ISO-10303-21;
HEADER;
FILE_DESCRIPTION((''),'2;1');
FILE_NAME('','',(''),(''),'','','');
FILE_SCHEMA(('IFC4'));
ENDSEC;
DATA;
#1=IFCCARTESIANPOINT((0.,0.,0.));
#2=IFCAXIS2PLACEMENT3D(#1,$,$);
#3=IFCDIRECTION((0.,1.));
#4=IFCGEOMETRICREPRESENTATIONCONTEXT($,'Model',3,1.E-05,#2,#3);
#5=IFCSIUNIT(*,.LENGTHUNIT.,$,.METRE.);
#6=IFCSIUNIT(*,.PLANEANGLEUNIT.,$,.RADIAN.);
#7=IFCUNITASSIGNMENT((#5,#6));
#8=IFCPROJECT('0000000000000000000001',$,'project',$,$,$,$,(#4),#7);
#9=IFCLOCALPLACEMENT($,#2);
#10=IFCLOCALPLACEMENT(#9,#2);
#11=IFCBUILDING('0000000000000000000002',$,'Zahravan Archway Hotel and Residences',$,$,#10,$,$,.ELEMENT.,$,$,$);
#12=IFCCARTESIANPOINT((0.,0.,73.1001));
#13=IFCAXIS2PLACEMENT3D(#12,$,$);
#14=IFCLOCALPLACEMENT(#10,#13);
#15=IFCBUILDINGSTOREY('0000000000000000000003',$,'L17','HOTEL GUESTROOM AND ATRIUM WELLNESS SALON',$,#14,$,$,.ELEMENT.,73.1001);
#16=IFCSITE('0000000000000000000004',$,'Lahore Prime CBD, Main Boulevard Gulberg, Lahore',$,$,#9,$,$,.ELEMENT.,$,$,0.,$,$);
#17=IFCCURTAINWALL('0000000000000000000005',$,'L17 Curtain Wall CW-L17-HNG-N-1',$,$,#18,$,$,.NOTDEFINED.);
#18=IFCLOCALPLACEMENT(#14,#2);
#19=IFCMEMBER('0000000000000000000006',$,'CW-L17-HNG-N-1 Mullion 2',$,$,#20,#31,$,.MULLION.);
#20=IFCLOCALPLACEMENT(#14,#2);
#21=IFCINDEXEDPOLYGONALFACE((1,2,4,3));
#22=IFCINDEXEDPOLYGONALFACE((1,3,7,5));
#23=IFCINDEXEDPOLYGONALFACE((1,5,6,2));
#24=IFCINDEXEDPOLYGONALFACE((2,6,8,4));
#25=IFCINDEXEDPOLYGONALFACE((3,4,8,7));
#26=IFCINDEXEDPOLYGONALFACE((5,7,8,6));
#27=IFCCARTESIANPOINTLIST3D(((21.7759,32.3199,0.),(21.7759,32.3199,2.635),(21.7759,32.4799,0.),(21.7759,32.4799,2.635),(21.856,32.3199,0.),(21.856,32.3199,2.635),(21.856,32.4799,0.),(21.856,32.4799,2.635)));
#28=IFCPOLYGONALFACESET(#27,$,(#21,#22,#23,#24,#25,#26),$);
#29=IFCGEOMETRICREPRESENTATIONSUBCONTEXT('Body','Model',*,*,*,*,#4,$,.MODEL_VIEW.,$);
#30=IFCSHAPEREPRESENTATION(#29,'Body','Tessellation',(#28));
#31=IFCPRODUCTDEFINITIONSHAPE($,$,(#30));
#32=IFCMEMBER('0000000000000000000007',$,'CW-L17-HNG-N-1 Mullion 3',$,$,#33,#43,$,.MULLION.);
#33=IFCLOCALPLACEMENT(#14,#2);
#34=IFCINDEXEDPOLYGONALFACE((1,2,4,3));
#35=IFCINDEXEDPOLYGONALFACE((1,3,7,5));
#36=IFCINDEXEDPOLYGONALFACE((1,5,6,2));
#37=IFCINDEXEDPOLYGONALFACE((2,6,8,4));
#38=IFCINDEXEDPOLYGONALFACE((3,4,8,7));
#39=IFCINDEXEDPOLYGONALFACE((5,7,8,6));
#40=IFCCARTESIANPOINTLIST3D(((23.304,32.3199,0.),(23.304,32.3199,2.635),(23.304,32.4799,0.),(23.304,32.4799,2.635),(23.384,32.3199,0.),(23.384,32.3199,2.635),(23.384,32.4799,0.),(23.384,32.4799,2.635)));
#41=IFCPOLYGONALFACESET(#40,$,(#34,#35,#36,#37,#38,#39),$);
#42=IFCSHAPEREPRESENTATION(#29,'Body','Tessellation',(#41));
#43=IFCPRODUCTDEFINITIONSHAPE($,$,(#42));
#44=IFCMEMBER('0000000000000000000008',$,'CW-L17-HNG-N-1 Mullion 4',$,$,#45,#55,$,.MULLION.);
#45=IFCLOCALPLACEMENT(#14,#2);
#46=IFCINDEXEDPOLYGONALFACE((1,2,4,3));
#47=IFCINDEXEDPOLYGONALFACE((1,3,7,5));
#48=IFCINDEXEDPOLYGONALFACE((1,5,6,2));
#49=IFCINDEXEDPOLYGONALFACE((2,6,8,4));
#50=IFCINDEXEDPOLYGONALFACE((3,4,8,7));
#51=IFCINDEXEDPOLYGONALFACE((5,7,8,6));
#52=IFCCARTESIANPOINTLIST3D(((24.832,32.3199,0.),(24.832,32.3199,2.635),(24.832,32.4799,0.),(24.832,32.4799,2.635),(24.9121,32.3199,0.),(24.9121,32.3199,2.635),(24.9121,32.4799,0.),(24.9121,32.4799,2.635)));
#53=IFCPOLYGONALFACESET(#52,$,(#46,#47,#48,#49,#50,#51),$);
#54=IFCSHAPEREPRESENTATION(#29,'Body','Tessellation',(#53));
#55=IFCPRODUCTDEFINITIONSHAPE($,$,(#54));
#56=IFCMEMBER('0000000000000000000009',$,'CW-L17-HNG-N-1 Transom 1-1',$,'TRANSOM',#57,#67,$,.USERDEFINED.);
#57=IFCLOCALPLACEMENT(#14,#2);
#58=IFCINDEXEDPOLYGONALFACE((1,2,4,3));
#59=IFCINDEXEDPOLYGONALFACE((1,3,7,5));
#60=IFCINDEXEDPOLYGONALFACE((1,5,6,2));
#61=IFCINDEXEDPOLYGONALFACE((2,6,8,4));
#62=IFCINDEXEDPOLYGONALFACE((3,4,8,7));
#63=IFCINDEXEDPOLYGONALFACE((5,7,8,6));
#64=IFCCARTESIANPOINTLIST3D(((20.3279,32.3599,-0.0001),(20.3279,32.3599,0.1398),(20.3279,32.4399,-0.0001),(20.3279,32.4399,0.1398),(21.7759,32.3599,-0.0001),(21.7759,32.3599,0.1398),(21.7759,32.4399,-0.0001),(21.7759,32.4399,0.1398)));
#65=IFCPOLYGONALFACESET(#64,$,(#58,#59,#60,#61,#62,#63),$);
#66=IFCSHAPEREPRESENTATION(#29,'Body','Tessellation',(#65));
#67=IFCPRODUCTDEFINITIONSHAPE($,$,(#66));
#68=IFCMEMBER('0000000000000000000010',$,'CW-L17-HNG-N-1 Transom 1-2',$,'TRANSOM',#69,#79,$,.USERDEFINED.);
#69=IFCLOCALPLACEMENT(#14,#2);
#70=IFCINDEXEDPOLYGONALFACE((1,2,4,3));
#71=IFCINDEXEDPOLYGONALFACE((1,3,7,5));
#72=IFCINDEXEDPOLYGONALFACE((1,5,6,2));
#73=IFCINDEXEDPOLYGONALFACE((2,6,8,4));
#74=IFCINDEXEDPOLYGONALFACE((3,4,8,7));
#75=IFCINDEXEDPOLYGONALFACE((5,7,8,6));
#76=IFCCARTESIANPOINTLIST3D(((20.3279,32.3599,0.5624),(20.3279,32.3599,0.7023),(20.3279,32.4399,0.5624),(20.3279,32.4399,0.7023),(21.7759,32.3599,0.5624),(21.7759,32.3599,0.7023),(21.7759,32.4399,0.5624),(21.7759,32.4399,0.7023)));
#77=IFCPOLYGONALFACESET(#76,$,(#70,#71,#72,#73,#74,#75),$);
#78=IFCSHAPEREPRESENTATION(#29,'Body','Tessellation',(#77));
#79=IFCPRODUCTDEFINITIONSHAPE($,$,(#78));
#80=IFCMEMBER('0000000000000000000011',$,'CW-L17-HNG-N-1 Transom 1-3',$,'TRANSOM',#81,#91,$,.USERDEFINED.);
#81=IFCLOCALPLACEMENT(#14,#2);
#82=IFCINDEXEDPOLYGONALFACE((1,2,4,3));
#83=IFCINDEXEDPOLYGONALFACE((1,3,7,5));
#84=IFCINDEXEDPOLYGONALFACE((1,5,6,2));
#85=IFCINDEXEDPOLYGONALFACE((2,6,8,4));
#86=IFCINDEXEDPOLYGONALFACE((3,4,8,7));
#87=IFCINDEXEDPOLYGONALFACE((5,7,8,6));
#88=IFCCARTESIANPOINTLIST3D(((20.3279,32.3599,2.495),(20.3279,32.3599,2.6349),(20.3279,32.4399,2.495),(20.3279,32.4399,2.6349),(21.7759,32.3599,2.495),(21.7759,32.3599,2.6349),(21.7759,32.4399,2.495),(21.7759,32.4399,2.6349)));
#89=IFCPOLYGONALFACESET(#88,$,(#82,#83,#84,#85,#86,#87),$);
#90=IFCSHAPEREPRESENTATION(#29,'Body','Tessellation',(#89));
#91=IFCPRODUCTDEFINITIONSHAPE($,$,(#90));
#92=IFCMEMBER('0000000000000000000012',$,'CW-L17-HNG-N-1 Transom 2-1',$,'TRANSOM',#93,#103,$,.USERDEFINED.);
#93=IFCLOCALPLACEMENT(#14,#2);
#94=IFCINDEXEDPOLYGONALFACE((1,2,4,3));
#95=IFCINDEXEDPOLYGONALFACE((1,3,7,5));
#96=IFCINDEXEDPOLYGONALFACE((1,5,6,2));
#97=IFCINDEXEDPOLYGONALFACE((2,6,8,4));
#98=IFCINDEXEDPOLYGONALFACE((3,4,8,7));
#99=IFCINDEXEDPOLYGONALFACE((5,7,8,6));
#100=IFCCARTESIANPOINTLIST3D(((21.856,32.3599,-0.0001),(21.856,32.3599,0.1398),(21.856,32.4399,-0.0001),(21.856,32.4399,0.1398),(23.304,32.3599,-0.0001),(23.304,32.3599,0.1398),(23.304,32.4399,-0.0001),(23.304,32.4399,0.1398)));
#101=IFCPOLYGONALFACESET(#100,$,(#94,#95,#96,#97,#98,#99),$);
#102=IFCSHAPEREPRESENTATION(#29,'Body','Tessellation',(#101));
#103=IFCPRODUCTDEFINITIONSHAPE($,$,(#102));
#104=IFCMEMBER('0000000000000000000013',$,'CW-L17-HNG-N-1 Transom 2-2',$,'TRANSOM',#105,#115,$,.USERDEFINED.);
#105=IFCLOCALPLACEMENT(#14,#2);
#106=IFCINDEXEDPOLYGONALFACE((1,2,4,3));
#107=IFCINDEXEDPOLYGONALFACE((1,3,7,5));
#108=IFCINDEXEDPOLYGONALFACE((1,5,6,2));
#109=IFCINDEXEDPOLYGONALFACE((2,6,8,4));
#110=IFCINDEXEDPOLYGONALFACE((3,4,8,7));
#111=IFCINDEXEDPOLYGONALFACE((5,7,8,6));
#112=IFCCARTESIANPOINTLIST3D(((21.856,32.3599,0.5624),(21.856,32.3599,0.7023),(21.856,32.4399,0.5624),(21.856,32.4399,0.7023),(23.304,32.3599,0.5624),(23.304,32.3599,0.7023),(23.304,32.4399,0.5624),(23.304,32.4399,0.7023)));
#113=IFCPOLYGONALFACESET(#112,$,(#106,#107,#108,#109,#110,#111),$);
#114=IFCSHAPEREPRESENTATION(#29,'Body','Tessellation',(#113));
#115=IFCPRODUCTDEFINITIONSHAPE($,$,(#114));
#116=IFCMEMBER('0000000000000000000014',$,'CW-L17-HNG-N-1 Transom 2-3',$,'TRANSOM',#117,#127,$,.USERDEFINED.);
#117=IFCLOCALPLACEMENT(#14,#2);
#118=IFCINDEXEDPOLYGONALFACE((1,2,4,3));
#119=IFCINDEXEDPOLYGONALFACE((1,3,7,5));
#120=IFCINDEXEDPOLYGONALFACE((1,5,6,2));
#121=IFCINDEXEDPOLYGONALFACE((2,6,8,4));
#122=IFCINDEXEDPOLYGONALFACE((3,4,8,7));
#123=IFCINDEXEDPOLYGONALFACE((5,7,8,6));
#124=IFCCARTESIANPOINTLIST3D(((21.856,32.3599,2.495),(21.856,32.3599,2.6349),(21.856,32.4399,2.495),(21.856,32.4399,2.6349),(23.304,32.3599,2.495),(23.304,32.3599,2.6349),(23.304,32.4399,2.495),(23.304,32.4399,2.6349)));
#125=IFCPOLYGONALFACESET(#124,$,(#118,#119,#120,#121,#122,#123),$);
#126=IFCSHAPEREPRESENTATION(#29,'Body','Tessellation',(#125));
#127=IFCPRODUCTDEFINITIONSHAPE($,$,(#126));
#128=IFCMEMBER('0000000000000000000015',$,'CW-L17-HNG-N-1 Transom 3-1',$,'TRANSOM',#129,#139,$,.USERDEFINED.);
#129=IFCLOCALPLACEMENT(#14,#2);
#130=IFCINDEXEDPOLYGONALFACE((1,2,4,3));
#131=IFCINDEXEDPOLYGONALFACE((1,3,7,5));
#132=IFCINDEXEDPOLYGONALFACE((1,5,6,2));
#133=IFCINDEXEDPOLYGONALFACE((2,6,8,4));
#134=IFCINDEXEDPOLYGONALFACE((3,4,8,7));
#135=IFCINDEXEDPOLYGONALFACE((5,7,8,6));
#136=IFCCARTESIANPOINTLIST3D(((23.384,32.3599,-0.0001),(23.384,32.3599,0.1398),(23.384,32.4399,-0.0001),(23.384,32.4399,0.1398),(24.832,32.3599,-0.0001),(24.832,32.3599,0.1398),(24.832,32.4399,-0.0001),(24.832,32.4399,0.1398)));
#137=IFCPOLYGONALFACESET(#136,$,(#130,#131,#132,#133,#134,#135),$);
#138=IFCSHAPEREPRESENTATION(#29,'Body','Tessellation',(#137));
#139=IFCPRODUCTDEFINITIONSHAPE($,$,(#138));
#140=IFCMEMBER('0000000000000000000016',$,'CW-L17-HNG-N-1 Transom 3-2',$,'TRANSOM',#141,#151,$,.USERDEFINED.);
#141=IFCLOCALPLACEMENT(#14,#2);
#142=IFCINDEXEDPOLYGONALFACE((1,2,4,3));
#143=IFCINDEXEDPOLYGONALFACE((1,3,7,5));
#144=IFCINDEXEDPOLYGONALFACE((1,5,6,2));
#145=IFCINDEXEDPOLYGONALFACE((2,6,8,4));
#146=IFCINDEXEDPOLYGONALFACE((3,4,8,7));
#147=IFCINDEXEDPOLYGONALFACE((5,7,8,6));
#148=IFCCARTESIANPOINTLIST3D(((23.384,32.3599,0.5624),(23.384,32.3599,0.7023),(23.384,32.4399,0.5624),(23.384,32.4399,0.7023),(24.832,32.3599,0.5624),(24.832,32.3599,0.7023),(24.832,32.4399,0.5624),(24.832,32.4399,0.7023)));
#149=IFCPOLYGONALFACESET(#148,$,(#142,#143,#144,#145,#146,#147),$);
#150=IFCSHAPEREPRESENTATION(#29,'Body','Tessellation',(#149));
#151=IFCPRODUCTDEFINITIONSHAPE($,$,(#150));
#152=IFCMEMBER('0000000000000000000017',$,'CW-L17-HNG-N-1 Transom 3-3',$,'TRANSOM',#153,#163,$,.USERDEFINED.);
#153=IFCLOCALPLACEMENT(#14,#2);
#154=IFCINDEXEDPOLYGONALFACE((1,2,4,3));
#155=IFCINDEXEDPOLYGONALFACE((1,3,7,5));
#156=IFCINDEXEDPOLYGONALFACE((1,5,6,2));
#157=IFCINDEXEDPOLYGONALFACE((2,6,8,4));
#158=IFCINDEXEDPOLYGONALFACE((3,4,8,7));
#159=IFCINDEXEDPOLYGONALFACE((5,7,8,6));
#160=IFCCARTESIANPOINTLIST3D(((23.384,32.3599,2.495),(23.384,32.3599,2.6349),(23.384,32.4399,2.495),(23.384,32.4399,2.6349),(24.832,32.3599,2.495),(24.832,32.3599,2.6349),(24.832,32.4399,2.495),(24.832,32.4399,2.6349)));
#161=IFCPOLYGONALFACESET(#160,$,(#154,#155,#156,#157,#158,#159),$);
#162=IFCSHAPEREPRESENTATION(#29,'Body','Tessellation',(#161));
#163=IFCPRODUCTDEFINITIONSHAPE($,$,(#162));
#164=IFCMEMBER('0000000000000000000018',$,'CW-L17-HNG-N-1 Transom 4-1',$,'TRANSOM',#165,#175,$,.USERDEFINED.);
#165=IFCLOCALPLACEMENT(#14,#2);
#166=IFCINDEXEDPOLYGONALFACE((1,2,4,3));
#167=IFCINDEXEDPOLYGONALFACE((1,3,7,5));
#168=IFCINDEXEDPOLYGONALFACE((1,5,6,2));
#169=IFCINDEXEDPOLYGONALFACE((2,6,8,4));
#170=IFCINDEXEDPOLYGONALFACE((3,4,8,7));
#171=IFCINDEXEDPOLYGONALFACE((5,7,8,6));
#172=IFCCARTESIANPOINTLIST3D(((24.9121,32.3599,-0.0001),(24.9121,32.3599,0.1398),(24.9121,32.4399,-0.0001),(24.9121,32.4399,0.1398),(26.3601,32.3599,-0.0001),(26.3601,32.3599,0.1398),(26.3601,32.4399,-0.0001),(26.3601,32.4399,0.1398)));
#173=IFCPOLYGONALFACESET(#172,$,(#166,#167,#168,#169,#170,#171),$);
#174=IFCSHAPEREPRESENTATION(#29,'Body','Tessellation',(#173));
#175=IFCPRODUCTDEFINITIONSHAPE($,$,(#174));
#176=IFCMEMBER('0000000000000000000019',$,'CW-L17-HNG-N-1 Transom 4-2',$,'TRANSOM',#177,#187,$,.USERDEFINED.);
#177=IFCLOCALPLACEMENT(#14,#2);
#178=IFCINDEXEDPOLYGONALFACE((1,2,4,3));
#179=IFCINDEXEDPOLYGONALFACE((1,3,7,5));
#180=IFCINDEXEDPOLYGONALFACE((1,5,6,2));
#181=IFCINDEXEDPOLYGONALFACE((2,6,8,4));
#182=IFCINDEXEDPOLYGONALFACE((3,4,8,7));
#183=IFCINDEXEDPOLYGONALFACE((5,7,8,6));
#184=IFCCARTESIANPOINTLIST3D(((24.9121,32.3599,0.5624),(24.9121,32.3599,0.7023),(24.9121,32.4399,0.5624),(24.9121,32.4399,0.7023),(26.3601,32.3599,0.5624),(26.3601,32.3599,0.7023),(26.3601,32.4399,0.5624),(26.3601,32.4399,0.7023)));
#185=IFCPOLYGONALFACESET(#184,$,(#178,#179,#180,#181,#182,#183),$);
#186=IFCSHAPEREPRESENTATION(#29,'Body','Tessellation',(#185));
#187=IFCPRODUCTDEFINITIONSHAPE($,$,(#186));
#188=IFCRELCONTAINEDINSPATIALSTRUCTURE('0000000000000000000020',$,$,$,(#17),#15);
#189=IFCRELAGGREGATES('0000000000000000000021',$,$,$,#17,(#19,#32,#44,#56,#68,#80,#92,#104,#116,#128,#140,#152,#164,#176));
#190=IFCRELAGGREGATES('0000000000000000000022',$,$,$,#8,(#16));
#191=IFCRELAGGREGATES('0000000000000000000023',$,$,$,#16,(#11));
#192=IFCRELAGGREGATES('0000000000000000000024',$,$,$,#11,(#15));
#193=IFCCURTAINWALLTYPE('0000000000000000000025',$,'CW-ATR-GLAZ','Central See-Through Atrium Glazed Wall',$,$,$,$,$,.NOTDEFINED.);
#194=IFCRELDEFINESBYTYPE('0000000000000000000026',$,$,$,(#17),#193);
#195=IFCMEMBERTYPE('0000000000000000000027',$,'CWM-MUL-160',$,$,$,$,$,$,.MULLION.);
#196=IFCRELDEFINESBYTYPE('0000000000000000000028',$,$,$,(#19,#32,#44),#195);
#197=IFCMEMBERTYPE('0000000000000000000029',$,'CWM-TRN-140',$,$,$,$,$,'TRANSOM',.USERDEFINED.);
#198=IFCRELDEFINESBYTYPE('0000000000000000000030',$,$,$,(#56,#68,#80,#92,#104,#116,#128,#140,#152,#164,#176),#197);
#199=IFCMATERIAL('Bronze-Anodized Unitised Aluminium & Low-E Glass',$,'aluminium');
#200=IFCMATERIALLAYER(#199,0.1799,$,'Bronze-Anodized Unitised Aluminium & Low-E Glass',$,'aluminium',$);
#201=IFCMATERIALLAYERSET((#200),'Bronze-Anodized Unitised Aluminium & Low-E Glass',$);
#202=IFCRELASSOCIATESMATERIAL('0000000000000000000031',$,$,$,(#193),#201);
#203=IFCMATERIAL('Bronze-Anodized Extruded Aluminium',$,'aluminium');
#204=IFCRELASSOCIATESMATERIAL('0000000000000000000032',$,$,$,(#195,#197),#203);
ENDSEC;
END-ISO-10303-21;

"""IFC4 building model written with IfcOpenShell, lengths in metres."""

from ifc_helpers import new_model, si_unit, direction, frame, origin, origin_2d, place, context, subcontext, project, spatial, rectangle, extrude, source, transform, mapped, material, layer, layer_set, material_profile, profile_set, type_object, element, aggregate, save


model = new_model("IFC4")

# Units and contexts
model_context = context("Model", 3, precision=1e-05, world=origin(), true_north=direction((0.0, 1.0)))
body_context = subcontext(model_context, "Body", "Model", "MODEL_VIEW")
ifc_project = project(units=[si_unit("LENGTHUNIT", "METRE"), si_unit("PLANEANGLEUNIT", "RADIAN")], contexts=[model_context])

# Site, building, storey
site_placement = place(None, origin())
site = spatial("IfcSite", under=ifc_project, at=site_placement, Name="Lahore Prime CBD, Main Boulevard Gulberg, Lahore", CompositionType="ELEMENT", RefElevation=0.0)
building_placement = place(site_placement, origin())
building = spatial("IfcBuilding", under=site, at=building_placement, Name="Zahravan Archway Hotel and Residences", CompositionType="ELEMENT")
storey_placement = place(building_placement, frame((0.0, 0.0, 73.1001)))
storey = spatial("IfcBuildingStorey", under=building, at=storey_placement, Name="L17", Description="HOTEL GUESTROOM AND ATRIUM WELLNESS SALON", CompositionType="ELEMENT", Elevation=73.1001)

# Curtain wall, members
ifc_material_1 = material(Name="Bronze-Anodized Unitised Aluminium & Low-E Glass", Category="aluminium")
ifc_layer_1 = layer(ifc_material_1, 0.1799, Name="Bronze-Anodized Unitised Aluminium & Low-E Glass", Category="aluminium")
ifc_layer_set_1 = layer_set([ifc_layer_1], Name="Bronze-Anodized Unitised Aluminium & Low-E Glass")
curtain_wall_type = type_object("IfcCurtainWallType", Name="CW-ATR-GLAZ", Description="Central See-Through Atrium Glazed Wall", PredefinedType="NOTDEFINED", material=ifc_layer_set_1)
curtain_wall_placement = place(storey_placement, origin())
curtain_wall = element("IfcCurtainWall", 1, at=curtain_wall_placement, inside=storey, type_object=curtain_wall_type, Name="L17 Curtain Wall CW-L17-HNG-N-1", PredefinedType="NOTDEFINED")
ifc_material_2 = material(Name="Bronze-Anodized Extruded Aluminium", Category="aluminium")
ifc_material_profile_1 = material_profile(ifc_material_2, rectangle(XDim=0.0801, YDim=0.1599, at=origin_2d()), Name="MUL 80x160", Category="aluminium")
ifc_profile_set_1 = profile_set([ifc_material_profile_1], Name="Bronze-Anodized Extruded Aluminium")
member_type_1 = type_object("IfcMemberType", Name="CWM-MUL-160", PredefinedType="MULLION", material=ifc_profile_set_1)
shared_shape_1 = source(origin(), body_context, "Body", "SweptSolid", [
    extrude(rectangle(XDim=0.0801, YDim=0.1599, at=origin_2d()), origin(), (0.0, 0.0, 1.0), 2.635),
])
member_1_placement = place(storey_placement, frame((21.8159, 32.3999, 0.0), z_axis=(0.0, 0.0, 1.0), x_axis=(1.0, 0.0, 0.0)))
member_1 = element("IfcMember", 2, at=member_1_placement, type_object=member_type_1, Name="CW-L17-HNG-N-1 Mullion 2", PredefinedType="MULLION", context=body_context, shape_type="MappedRepresentation", body=[
    mapped(shared_shape_1, transform((0.0, 0.0, 0.0), scale=1.0)),
])
member_2_placement = place(storey_placement, frame((23.344, 32.3999, 0.0), z_axis=(0.0, 0.0, 1.0), x_axis=(1.0, 0.0, 0.0)))
member_2 = element("IfcMember", 3, at=member_2_placement, type_object=member_type_1, Name="CW-L17-HNG-N-1 Mullion 3", PredefinedType="MULLION", context=body_context, shape_type="MappedRepresentation", body=[
    mapped(shared_shape_1, transform((0.0, 0.0, 0.0), scale=1.0)),
])
member_3_placement = place(storey_placement, frame((24.8721, 32.3999, 0.0), z_axis=(0.0, 0.0, 1.0), x_axis=(1.0, 0.0, 0.0)))
member_3 = element("IfcMember", 4, at=member_3_placement, type_object=member_type_1, Name="CW-L17-HNG-N-1 Mullion 4", PredefinedType="MULLION", context=body_context, shape_type="MappedRepresentation", body=[
    mapped(shared_shape_1, transform((0.0, 0.0, 0.0), scale=1.0)),
])
ifc_material_profile_2 = material_profile(ifc_material_2, rectangle(XDim=0.0801, YDim=0.1399, at=origin_2d()), Name="TRN 80x140", Category="aluminium")
ifc_profile_set_2 = profile_set([ifc_material_profile_2], Name="Bronze-Anodized Extruded Aluminium")
member_type_2 = type_object("IfcMemberType", Name="CWM-TRN-140", ElementType="TRANSOM", PredefinedType="USERDEFINED", material=ifc_profile_set_2)
shared_shape_2 = source(origin(), body_context, "Body", "SweptSolid", [
    extrude(rectangle(XDim=0.0801, YDim=0.1399, at=origin_2d()), origin(), (0.0, 0.0, 1.0), 1.448),
])
member_4_placement = place(storey_placement, frame((20.3279, 32.3999, 0.0698), z_axis=(1.0, 0.0, 0.0), x_axis=(0.0, 1.0, 0.0)))
member_4 = element("IfcMember", 5, at=member_4_placement, type_object=member_type_2, Name="CW-L17-HNG-N-1 Transom 1-1", ObjectType="TRANSOM", PredefinedType="USERDEFINED", context=body_context, shape_type="MappedRepresentation", body=[
    mapped(shared_shape_2, transform((0.0, 0.0, 0.0), scale=1.0)),
])
member_5_placement = place(storey_placement, frame((20.3279, 32.3999, 0.6323), z_axis=(1.0, 0.0, 0.0), x_axis=(0.0, 1.0, 0.0)))
member_5 = element("IfcMember", 6, at=member_5_placement, type_object=member_type_2, Name="CW-L17-HNG-N-1 Transom 1-2", ObjectType="TRANSOM", PredefinedType="USERDEFINED", context=body_context, shape_type="MappedRepresentation", body=[
    mapped(shared_shape_2, transform((0.0, 0.0, 0.0), scale=1.0)),
])
member_6_placement = place(storey_placement, frame((20.3279, 32.3999, 2.5649), z_axis=(1.0, 0.0, 0.0), x_axis=(0.0, 1.0, 0.0)))
member_6 = element("IfcMember", 7, at=member_6_placement, type_object=member_type_2, Name="CW-L17-HNG-N-1 Transom 1-3", ObjectType="TRANSOM", PredefinedType="USERDEFINED", context=body_context, shape_type="MappedRepresentation", body=[
    mapped(shared_shape_2, transform((0.0, 0.0, 0.0), scale=1.0)),
])
member_7_placement = place(storey_placement, frame((21.856, 32.3999, 0.0698), z_axis=(1.0, 0.0, 0.0), x_axis=(0.0, 1.0, 0.0)))
member_7 = element("IfcMember", 8, at=member_7_placement, type_object=member_type_2, Name="CW-L17-HNG-N-1 Transom 2-1", ObjectType="TRANSOM", PredefinedType="USERDEFINED", context=body_context, shape_type="MappedRepresentation", body=[
    mapped(shared_shape_2, transform((0.0, 0.0, 0.0), scale=1.0)),
])
member_8_placement = place(storey_placement, frame((21.856, 32.3999, 0.6323), z_axis=(1.0, 0.0, 0.0), x_axis=(0.0, 1.0, 0.0)))
member_8 = element("IfcMember", 9, at=member_8_placement, type_object=member_type_2, Name="CW-L17-HNG-N-1 Transom 2-2", ObjectType="TRANSOM", PredefinedType="USERDEFINED", context=body_context, shape_type="MappedRepresentation", body=[
    mapped(shared_shape_2, transform((0.0, 0.0, 0.0), scale=1.0)),
])
member_9_placement = place(storey_placement, frame((21.856, 32.3999, 2.5649), z_axis=(1.0, 0.0, 0.0), x_axis=(0.0, 1.0, 0.0)))
member_9 = element("IfcMember", 10, at=member_9_placement, type_object=member_type_2, Name="CW-L17-HNG-N-1 Transom 2-3", ObjectType="TRANSOM", PredefinedType="USERDEFINED", context=body_context, shape_type="MappedRepresentation", body=[
    mapped(shared_shape_2, transform((0.0, 0.0, 0.0), scale=1.0)),
])
member_10_placement = place(storey_placement, frame((23.384, 32.3999, 0.0698), z_axis=(1.0, 0.0, 0.0), x_axis=(0.0, 1.0, 0.0)))
member_10 = element("IfcMember", 11, at=member_10_placement, type_object=member_type_2, Name="CW-L17-HNG-N-1 Transom 3-1", ObjectType="TRANSOM", PredefinedType="USERDEFINED", context=body_context, shape_type="MappedRepresentation", body=[
    mapped(shared_shape_2, transform((0.0, 0.0, 0.0), scale=1.0)),
])
member_11_placement = place(storey_placement, frame((23.384, 32.3999, 0.6323), z_axis=(1.0, 0.0, 0.0), x_axis=(0.0, 1.0, 0.0)))
member_11 = element("IfcMember", 12, at=member_11_placement, type_object=member_type_2, Name="CW-L17-HNG-N-1 Transom 3-2", ObjectType="TRANSOM", PredefinedType="USERDEFINED", context=body_context, shape_type="MappedRepresentation", body=[
    mapped(shared_shape_2, transform((0.0, 0.0, 0.0), scale=1.0)),
])
member_12_placement = place(storey_placement, frame((23.384, 32.3999, 2.5649), z_axis=(1.0, 0.0, 0.0), x_axis=(0.0, 1.0, 0.0)))
member_12 = element("IfcMember", 13, at=member_12_placement, type_object=member_type_2, Name="CW-L17-HNG-N-1 Transom 3-3", ObjectType="TRANSOM", PredefinedType="USERDEFINED", context=body_context, shape_type="MappedRepresentation", body=[
    mapped(shared_shape_2, transform((0.0, 0.0, 0.0), scale=1.0)),
])
member_13_placement = place(storey_placement, frame((24.9121, 32.3999, 0.0698), z_axis=(1.0, 0.0, 0.0), x_axis=(0.0, 1.0, 0.0)))
member_13 = element("IfcMember", 14, at=member_13_placement, type_object=member_type_2, Name="CW-L17-HNG-N-1 Transom 4-1", ObjectType="TRANSOM", PredefinedType="USERDEFINED", context=body_context, shape_type="MappedRepresentation", body=[
    mapped(shared_shape_2, transform((0.0, 0.0, 0.0), scale=1.0)),
])
member_14_placement = place(storey_placement, frame((24.9121, 32.3999, 0.6323), z_axis=(1.0, 0.0, 0.0), x_axis=(0.0, 1.0, 0.0)))
member_14 = element("IfcMember", 15, at=member_14_placement, type_object=member_type_2, Name="CW-L17-HNG-N-1 Transom 4-2", ObjectType="TRANSOM", PredefinedType="USERDEFINED", context=body_context, shape_type="MappedRepresentation", body=[
    mapped(shared_shape_2, transform((0.0, 0.0, 0.0), scale=1.0)),
])
aggregate(curtain_wall, [member_1, member_2, member_3, member_4, member_5, member_6, member_7, member_8, member_9, member_10, member_11, member_12, member_13, member_14])

save(model, "model.ifc")
